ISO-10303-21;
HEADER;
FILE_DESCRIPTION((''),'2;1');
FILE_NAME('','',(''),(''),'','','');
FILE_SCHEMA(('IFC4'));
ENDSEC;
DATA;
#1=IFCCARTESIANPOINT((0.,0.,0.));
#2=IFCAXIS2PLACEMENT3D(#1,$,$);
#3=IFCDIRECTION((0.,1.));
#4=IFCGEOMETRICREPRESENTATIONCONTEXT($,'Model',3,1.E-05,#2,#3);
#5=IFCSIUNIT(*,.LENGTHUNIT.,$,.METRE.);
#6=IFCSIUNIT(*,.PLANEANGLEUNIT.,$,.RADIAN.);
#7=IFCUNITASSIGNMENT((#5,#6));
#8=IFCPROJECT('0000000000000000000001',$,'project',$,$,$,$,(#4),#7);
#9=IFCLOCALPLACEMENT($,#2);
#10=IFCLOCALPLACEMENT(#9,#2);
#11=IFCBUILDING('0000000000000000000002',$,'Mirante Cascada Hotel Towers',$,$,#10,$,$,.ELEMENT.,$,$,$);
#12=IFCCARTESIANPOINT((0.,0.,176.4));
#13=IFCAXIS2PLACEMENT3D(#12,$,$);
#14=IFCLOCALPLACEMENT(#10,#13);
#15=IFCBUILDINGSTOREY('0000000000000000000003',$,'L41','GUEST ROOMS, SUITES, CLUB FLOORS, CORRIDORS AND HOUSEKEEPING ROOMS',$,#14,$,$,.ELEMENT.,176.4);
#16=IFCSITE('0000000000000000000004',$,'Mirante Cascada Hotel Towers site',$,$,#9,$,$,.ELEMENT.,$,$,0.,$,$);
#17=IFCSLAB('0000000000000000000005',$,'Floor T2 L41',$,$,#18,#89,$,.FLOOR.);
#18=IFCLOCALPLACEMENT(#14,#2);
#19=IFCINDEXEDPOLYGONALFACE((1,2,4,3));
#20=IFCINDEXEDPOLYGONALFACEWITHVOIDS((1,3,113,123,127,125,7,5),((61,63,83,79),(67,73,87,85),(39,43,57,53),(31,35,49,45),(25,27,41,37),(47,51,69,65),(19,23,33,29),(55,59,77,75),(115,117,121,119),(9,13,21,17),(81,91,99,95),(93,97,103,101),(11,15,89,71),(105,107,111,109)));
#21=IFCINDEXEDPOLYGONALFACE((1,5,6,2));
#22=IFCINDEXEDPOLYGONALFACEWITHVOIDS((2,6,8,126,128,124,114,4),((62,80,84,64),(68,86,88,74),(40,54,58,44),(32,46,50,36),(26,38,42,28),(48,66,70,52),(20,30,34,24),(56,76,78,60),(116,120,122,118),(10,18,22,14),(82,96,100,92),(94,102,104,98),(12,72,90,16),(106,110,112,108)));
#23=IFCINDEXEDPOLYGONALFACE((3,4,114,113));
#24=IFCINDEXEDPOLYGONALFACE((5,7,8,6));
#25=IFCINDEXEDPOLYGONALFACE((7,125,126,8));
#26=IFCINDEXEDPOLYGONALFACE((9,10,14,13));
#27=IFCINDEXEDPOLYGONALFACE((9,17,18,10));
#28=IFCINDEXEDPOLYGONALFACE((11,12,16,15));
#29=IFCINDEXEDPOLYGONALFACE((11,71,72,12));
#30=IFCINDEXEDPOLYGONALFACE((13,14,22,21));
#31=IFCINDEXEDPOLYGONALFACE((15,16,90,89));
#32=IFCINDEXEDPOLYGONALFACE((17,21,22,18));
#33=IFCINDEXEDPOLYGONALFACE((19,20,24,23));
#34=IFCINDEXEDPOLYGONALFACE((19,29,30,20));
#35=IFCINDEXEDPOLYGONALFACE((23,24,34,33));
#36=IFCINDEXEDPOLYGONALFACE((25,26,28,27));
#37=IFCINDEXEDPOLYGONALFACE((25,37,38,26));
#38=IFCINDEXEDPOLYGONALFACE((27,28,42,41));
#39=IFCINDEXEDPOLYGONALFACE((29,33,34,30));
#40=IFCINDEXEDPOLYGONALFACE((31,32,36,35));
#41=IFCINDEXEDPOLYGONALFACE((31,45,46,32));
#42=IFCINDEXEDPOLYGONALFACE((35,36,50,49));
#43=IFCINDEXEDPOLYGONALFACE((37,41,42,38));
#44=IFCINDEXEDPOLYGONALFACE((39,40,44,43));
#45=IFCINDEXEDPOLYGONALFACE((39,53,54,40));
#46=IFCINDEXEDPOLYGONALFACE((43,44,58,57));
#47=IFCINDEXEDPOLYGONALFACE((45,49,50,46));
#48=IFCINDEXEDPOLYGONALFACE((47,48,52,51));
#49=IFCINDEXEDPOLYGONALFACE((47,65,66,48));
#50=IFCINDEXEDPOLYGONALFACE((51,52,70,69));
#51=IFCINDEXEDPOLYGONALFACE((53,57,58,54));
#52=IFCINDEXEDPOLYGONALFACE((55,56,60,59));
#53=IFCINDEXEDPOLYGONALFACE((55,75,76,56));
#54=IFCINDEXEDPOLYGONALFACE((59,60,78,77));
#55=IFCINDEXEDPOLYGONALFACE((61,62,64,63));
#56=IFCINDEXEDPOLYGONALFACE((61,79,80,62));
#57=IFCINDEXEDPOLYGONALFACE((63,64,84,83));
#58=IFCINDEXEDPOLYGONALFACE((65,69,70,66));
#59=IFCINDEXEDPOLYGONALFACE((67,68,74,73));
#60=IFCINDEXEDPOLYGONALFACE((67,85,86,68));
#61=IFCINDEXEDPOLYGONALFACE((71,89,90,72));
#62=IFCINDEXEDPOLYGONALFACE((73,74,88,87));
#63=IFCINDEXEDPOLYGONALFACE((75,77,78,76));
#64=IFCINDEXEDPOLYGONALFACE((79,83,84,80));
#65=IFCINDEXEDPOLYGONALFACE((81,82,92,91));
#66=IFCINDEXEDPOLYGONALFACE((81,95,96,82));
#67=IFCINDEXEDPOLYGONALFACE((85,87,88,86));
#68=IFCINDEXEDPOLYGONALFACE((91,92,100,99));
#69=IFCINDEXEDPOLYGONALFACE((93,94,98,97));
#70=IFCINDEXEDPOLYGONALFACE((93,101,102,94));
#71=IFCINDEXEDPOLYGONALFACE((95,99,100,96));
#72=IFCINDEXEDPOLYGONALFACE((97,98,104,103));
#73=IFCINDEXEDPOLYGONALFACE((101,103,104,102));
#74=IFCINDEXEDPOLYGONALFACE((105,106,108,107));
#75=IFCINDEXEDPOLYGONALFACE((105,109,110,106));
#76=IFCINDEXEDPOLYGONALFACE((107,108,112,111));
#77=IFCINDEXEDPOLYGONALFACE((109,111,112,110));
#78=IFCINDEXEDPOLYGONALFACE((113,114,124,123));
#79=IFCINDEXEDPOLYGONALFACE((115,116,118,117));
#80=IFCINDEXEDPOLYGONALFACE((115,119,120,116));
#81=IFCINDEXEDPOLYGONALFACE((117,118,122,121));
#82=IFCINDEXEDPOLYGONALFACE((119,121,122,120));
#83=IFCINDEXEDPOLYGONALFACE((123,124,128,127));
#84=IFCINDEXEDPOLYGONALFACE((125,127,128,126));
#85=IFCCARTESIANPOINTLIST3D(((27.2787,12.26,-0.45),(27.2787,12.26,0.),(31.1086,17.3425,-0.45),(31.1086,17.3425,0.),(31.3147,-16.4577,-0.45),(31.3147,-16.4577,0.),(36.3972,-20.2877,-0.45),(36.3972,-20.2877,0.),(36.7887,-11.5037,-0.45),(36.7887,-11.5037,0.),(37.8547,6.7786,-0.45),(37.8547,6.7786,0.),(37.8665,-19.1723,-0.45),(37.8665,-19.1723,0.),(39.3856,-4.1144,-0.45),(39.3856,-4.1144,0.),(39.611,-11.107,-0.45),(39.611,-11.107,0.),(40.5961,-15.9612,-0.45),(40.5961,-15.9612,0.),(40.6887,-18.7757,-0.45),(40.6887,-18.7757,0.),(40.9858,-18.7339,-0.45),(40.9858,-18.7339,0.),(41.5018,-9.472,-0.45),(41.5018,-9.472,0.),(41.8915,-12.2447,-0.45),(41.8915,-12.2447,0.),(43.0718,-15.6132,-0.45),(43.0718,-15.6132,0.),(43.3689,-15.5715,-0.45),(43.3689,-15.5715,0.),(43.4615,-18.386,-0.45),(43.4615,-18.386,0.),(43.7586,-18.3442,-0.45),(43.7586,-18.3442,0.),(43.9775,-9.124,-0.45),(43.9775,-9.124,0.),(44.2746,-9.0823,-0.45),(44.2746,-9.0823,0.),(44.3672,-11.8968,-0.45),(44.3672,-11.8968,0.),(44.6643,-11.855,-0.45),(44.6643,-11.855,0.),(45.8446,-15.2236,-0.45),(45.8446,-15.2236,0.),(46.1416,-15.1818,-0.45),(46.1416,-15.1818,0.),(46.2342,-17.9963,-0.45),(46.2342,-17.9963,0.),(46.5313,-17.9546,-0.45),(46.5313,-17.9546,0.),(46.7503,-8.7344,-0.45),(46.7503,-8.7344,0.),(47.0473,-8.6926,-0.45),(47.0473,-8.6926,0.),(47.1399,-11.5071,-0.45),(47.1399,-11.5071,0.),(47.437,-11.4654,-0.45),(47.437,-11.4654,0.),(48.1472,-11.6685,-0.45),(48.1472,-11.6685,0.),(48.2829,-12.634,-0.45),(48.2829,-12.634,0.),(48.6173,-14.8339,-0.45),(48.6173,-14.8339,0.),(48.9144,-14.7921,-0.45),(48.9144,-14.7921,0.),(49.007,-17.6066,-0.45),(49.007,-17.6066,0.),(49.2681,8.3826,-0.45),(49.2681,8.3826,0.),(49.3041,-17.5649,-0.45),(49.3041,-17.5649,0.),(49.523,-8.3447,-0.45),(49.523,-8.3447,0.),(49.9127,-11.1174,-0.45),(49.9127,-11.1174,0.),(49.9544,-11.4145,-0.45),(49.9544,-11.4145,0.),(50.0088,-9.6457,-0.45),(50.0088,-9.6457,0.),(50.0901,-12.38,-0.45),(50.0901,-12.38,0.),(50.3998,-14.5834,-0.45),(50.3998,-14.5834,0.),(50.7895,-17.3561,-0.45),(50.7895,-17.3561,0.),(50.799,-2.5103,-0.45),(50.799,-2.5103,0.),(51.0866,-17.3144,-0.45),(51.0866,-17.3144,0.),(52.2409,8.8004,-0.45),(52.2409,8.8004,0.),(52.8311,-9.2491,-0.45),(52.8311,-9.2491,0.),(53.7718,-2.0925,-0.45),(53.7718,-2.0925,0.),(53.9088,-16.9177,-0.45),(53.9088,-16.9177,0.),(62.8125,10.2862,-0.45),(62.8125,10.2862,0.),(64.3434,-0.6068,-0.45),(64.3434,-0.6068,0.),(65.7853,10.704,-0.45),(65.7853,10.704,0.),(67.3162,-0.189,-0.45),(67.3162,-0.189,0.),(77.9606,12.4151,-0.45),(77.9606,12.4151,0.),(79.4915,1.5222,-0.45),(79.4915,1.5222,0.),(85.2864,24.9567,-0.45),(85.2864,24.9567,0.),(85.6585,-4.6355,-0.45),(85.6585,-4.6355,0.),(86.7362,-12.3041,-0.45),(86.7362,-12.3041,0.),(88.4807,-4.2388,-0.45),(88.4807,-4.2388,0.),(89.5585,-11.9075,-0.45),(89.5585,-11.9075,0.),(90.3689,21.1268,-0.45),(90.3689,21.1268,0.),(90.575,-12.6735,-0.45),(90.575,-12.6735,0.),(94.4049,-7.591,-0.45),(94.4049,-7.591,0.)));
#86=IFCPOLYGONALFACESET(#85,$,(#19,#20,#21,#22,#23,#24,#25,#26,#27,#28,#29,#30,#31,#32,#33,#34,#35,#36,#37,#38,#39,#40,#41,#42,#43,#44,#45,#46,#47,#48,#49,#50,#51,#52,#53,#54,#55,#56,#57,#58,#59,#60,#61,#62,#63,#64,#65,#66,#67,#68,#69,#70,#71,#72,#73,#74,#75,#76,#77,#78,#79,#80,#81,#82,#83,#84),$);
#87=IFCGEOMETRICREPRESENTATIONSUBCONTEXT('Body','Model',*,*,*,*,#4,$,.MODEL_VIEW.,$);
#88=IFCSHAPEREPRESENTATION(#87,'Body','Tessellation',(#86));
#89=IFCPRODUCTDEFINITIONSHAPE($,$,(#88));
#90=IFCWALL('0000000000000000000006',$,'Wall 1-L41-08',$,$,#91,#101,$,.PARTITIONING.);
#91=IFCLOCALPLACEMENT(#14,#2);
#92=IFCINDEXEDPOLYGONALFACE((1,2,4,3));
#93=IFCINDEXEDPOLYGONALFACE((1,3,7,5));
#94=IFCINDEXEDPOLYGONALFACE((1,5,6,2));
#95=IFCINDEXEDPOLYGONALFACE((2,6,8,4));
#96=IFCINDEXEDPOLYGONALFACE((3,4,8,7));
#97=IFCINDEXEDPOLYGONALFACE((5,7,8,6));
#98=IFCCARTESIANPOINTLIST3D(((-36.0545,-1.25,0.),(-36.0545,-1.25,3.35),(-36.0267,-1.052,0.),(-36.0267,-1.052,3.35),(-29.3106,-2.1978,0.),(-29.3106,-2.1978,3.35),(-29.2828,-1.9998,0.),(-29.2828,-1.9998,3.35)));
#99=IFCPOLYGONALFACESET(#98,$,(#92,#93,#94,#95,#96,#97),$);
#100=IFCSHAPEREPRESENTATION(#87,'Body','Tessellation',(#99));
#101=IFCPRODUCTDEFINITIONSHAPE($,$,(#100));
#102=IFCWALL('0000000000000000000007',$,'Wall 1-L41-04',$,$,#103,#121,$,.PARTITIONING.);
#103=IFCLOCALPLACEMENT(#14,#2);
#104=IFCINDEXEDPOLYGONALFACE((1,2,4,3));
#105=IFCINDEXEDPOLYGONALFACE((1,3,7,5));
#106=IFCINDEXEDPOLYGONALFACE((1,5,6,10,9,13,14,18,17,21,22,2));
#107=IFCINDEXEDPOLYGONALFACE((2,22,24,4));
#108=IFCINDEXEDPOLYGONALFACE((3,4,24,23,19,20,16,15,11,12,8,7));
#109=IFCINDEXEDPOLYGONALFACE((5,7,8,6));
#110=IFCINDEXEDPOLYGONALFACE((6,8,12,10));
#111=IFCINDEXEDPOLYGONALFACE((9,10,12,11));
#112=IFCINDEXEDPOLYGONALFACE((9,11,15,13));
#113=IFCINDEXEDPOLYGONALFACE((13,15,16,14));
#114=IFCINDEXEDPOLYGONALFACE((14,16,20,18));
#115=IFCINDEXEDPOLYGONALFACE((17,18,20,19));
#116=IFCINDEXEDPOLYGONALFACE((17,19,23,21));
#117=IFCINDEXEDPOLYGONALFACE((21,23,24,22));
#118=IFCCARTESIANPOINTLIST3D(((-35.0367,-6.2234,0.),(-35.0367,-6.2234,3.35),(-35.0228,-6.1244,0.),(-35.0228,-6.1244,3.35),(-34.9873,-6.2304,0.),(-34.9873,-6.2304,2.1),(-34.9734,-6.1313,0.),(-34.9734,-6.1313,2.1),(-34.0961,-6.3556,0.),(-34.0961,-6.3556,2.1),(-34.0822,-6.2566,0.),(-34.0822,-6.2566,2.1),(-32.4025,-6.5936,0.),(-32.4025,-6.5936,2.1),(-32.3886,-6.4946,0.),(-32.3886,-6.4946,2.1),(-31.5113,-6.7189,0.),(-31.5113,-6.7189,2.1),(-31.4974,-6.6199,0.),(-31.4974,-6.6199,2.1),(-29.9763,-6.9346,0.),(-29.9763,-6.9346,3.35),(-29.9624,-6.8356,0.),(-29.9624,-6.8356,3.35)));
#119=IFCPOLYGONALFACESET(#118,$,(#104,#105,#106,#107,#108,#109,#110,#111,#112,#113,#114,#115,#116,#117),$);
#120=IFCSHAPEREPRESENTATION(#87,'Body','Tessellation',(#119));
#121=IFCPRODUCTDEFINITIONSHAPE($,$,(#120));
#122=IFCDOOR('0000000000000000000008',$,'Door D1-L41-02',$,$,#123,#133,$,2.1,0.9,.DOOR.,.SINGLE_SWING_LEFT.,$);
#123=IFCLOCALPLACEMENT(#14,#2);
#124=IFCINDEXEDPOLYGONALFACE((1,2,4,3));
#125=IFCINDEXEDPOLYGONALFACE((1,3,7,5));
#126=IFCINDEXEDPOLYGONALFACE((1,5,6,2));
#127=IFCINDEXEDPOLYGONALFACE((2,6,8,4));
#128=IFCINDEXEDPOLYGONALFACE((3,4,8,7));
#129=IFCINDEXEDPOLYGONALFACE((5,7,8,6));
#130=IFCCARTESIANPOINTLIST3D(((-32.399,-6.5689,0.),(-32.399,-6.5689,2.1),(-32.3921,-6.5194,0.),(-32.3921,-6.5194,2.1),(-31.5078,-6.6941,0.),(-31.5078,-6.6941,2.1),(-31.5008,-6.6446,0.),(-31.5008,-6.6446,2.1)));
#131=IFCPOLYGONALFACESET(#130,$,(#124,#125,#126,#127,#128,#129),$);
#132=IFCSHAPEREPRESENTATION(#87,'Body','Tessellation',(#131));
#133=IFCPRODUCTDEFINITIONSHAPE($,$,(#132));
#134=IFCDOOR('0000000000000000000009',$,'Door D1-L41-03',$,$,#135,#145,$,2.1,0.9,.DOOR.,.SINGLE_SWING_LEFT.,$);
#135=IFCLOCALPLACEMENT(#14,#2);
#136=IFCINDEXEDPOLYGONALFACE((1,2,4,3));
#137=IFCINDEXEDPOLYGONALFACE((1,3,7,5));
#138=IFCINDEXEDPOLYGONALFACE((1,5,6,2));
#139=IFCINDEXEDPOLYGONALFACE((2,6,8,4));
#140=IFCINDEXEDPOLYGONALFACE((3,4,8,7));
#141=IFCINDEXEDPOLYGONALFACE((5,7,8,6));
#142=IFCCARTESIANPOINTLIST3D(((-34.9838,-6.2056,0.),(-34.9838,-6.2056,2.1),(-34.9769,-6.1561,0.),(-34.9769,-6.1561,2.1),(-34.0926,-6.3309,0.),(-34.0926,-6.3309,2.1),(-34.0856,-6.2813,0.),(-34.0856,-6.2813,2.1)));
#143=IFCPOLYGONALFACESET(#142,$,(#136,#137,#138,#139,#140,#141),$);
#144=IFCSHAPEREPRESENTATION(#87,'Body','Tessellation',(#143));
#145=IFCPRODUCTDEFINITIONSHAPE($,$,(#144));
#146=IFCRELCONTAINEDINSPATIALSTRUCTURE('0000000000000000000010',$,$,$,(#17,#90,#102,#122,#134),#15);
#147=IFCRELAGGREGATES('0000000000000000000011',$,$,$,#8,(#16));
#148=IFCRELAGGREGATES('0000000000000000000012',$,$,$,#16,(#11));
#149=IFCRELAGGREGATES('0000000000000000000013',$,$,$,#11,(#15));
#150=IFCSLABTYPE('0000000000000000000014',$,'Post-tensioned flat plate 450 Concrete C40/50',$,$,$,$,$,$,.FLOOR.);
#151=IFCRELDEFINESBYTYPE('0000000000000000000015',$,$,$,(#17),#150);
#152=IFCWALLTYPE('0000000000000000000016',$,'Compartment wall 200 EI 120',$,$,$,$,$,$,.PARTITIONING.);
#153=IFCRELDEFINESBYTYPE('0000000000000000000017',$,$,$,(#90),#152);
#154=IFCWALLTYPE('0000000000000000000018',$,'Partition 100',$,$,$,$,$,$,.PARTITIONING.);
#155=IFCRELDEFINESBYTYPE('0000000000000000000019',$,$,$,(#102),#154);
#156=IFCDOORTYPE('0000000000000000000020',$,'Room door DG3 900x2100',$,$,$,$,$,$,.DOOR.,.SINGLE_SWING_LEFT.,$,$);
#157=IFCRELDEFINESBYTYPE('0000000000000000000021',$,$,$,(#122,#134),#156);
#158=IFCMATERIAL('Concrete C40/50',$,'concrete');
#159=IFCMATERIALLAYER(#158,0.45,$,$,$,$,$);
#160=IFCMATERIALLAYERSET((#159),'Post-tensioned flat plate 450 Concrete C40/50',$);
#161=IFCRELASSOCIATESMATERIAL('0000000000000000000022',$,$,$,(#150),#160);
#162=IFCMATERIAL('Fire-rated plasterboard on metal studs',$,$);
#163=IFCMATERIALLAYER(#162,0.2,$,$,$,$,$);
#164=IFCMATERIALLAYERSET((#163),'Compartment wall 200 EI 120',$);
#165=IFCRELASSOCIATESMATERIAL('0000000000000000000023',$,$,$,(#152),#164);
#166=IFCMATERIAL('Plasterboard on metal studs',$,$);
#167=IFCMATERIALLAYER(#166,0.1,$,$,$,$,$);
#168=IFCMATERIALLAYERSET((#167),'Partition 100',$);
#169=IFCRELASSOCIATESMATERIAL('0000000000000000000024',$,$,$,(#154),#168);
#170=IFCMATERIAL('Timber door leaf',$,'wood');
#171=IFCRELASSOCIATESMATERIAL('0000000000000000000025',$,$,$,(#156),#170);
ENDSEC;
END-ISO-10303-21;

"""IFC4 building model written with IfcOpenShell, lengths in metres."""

from ifc_helpers import new_model, si_unit, direction, frame, frame_2d, origin, place, context, subcontext, project, spatial, polyline, rectangle, outline, extrude, material, layer, layer_set, type_object, element, fill, save


model = new_model("IFC4")

# Units and contexts
model_context = context("Model", 3, precision=1e-05, world=origin(), true_north=direction((0.0, 1.0)))
body_context = subcontext(model_context, "Body", "Model", "MODEL_VIEW")
ifc_project = project(units=[si_unit("LENGTHUNIT", "METRE"), si_unit("PLANEANGLEUNIT", "RADIAN")], contexts=[model_context])

# Site, building, storey
site_placement = place(None, origin())
site = spatial("IfcSite", under=ifc_project, at=site_placement, Name="Mirante Cascada Hotel Towers site", CompositionType="ELEMENT", RefElevation=0.0)
building_placement = place(site_placement, origin())
building = spatial("IfcBuilding", under=site, at=building_placement, Name="Mirante Cascada Hotel Towers", CompositionType="ELEMENT")
storey_placement = place(building_placement, frame((0.0, 0.0, 176.4)))
storey = spatial("IfcBuildingStorey", under=building, at=storey_placement, Name="L41", Description="GUEST ROOMS, SUITES, CLUB FLOORS, CORRIDORS AND HOUSEKEEPING ROOMS", CompositionType="ELEMENT", Elevation=176.4)

# Slab
ifc_material_1 = material(Name="Concrete C40/50", Category="concrete")
ifc_layer_1 = layer(ifc_material_1, 0.45)
ifc_layer_set_1 = layer_set([ifc_layer_1], Name="Post-tensioned flat plate 450 Concrete C40/50")
slab_type = type_object("IfcSlabType", Name="Post-tensioned flat plate 450 Concrete C40/50", PredefinedType="FLOOR", material=ifc_layer_set_1)
slab_1_placement = place(storey_placement, frame((0.0, 0.0, -0.45)))
element("IfcSlab", 1, at=slab_1_placement, inside=storey, type_object=slab_type, Name="Floor T2 L41", PredefinedType="FLOOR", context=body_context, shape_type="SweptSolid", body=[
    extrude(outline(polyline([(31.3147, -16.4577), (27.2787, 12.26), (31.1086, 17.3425), (85.2864, 24.9567), (90.3689, 21.1268), (94.4049, -7.591), (90.575, -12.6735), (36.3972, -20.2877), (31.3147, -16.4577)]), holes=[polyline([(40.5961, -15.9612), (40.9858, -18.7339), (43.4615, -18.386), (43.0718, -15.6132), (40.5961, -15.9612)]), polyline([(45.8446, -15.2236), (43.3689, -15.5715), (43.7586, -18.3442), (46.2342, -17.9963), (45.8446, -15.2236)]), polyline([(48.6173, -14.8339), (46.1416, -15.1818), (46.5313, -17.9546), (49.007, -17.6066), (48.6173, -14.8339)]), polyline([(40.6887, -18.7757), (39.611, -11.107), (36.7887, -11.5037), (37.8665, -19.1723), (40.6887, -18.7757)]), polyline([(43.9775, -9.124), (41.5018, -9.472), (41.8915, -12.2447), (44.3672, -11.8968), (43.9775, -9.124)]), polyline([(46.7503, -8.7344), (44.2746, -9.0823), (44.6643, -11.855), (47.1399, -11.5071), (46.7503, -8.7344)]), polyline([(48.9144, -14.7921), (49.3041, -17.5649), (50.7895, -17.3561), (50.3998, -14.5834), (48.9144, -14.7921)]), polyline([(51.0866, -17.3144), (53.9088, -16.9177), (52.8311, -9.2491), (50.0088, -9.6457), (51.0866, -17.3144)]), polyline([(86.7362, -12.3041), (89.5585, -11.9075), (88.4807, -4.2388), (85.6585, -4.6355), (86.7362, -12.3041)]), polyline([(48.1472, -11.6685), (48.2829, -12.634), (50.0901, -12.38), (49.9544, -11.4145), (48.1472, -11.6685)]), polyline([(49.523, -8.3447), (47.0473, -8.6926), (47.437, -11.4654), (49.9127, -11.1174), (49.523, -8.3447)]), polyline([(77.9606, 12.4151), (79.4915, 1.5222), (67.3162, -0.189), (67.3162, -0.189), (65.7853, 10.704), (65.7853, 10.704), (77.9606, 12.4151)]), polyline([(62.8125, 10.2862), (62.8125, 10.2862), (64.3434, -0.6068), (64.3434, -0.6068), (53.7718, -2.0925), (53.7718, -2.0925), (52.2409, 8.8004), (62.8125, 10.2862)]), polyline([(39.3856, -4.1144), (37.8547, 6.7786), (49.2681, 8.3826), (50.799, -2.5103), (50.799, -2.5103), (39.3856, -4.1144)])]), origin(), (0.0, 0.0, 1.0), 0.45),
])

# Wall
ifc_material_2 = material(Name="Fire-rated plasterboard on metal studs")
ifc_layer_2 = layer(ifc_material_2, 0.2)
ifc_layer_set_2 = layer_set([ifc_layer_2], Name="Compartment wall 200 EI 120")
wall_type_1 = type_object("IfcWallType", Name="Compartment wall 200 EI 120", PredefinedType="PARTITIONING", material=ifc_layer_set_2)
wall_1_placement = place(storey_placement, frame((-29.2967, -2.0988, 0.0), z_axis=(0.0, 0.0, 1.0), x_axis=(-0.990268, 0.139174, 0.0)))
element("IfcWall", 2, at=wall_1_placement, inside=storey, type_object=wall_type_1, Name="Wall 1-L41-08", PredefinedType="PARTITIONING", context=body_context, shape_type="SweptSolid", body=[
    extrude(rectangle(XDim=6.8102, YDim=0.2, at=frame_2d((3.4051, 0.0))), origin(), (0.0, 0.0, 1.0), 3.35),
])

# Wall, openings, doors
ifc_material_3 = material(Name="Plasterboard on metal studs")
ifc_layer_3 = layer(ifc_material_3, 0.1)
ifc_layer_set_3 = layer_set([ifc_layer_3], Name="Partition 100")
wall_type_2 = type_object("IfcWallType", Name="Partition 100", PredefinedType="PARTITIONING", material=ifc_layer_set_3)
wall_2_placement = place(storey_placement, frame((-29.9694, -6.8851, 0.0), z_axis=(0.0, 0.0, 1.0), x_axis=(-0.990268, 0.139175, 0.0)))
wall_2 = element("IfcWall", 3, at=wall_2_placement, inside=storey, type_object=wall_type_2, Name="Wall 1-L41-04", PredefinedType="PARTITIONING", context=body_context, shape_type="SweptSolid", body=[
    extrude(rectangle(XDim=5.1101, YDim=0.1, at=frame_2d((2.555, 0.0))), origin(), (0.0, 0.0, 1.0), 3.35),
])
opening_1_placement = place(wall_2_placement, frame((1.55, 0.0, 0.0)))
opening_1 = element("IfcOpeningElement", 4, at=opening_1_placement, cuts=wall_2, PredefinedType="OPENING", context=body_context, shape_type="SweptSolid", body=[
    extrude(rectangle(XDim=0.9, YDim=2.1, at=frame_2d((0.45, 1.05))), frame((0.0, 0.05, 0.0), z_axis=(0.0, -1.0, 0.0), x_axis=(1.0, 0.0, 0.0)), (0.0, 0.0, 1.0), 0.1),
])
opening_2_placement = place(wall_2_placement, frame((4.1602, 0.0, 0.0)))
opening_2 = element("IfcOpeningElement", 5, at=opening_2_placement, cuts=wall_2, PredefinedType="OPENING", context=body_context, shape_type="SweptSolid", body=[
    extrude(rectangle(XDim=0.9, YDim=2.1, at=frame_2d((0.45, 1.05))), frame((0.0, 0.05, 0.0), z_axis=(0.0, -1.0, 0.0), x_axis=(1.0, 0.0, 0.0)), (0.0, 0.0, 1.0), 0.1),
])
ifc_material_4 = material(Name="Timber door leaf", Category="wood")
door_type_1 = type_object("IfcDoorType", Name="Room door DG3 900x2100", OperationType="SINGLE_SWING_LEFT", PredefinedType="DOOR", material=ifc_material_4)
door_1_placement = place(opening_1_placement, origin())
door_1 = element("IfcDoor", 6, at=door_1_placement, inside=storey, type_object=door_type_1, Name="Door D1-L41-02", OperationType="SINGLE_SWING_LEFT", OverallHeight=2.1, OverallWidth=0.9, PredefinedType="DOOR", context=body_context, shape_type="SweptSolid", body=[
    extrude(rectangle(XDim=0.9, YDim=2.1, at=frame_2d((0.45, 1.05))), frame((0.0, 0.025, 0.0), z_axis=(0.0, -1.0, 0.0), x_axis=(1.0, 0.0, 0.0)), (0.0, 0.0, 1.0), 0.05),
])
fill(opening_1, door_1)
door_2_placement = place(opening_2_placement, origin())
door_2 = element("IfcDoor", 7, at=door_2_placement, inside=storey, type_object=door_type_1, Name="Door D1-L41-03", OperationType="SINGLE_SWING_LEFT", OverallHeight=2.1, OverallWidth=0.9, PredefinedType="DOOR", context=body_context, shape_type="SweptSolid", body=[
    extrude(rectangle(XDim=0.9, YDim=2.1, at=frame_2d((0.45, 1.05))), frame((0.0, 0.025, 0.0), z_axis=(0.0, -1.0, 0.0), x_axis=(1.0, 0.0, 0.0)), (0.0, 0.0, 1.0), 0.05),
])
fill(opening_2, door_2)

save(model, "model.ifc")
